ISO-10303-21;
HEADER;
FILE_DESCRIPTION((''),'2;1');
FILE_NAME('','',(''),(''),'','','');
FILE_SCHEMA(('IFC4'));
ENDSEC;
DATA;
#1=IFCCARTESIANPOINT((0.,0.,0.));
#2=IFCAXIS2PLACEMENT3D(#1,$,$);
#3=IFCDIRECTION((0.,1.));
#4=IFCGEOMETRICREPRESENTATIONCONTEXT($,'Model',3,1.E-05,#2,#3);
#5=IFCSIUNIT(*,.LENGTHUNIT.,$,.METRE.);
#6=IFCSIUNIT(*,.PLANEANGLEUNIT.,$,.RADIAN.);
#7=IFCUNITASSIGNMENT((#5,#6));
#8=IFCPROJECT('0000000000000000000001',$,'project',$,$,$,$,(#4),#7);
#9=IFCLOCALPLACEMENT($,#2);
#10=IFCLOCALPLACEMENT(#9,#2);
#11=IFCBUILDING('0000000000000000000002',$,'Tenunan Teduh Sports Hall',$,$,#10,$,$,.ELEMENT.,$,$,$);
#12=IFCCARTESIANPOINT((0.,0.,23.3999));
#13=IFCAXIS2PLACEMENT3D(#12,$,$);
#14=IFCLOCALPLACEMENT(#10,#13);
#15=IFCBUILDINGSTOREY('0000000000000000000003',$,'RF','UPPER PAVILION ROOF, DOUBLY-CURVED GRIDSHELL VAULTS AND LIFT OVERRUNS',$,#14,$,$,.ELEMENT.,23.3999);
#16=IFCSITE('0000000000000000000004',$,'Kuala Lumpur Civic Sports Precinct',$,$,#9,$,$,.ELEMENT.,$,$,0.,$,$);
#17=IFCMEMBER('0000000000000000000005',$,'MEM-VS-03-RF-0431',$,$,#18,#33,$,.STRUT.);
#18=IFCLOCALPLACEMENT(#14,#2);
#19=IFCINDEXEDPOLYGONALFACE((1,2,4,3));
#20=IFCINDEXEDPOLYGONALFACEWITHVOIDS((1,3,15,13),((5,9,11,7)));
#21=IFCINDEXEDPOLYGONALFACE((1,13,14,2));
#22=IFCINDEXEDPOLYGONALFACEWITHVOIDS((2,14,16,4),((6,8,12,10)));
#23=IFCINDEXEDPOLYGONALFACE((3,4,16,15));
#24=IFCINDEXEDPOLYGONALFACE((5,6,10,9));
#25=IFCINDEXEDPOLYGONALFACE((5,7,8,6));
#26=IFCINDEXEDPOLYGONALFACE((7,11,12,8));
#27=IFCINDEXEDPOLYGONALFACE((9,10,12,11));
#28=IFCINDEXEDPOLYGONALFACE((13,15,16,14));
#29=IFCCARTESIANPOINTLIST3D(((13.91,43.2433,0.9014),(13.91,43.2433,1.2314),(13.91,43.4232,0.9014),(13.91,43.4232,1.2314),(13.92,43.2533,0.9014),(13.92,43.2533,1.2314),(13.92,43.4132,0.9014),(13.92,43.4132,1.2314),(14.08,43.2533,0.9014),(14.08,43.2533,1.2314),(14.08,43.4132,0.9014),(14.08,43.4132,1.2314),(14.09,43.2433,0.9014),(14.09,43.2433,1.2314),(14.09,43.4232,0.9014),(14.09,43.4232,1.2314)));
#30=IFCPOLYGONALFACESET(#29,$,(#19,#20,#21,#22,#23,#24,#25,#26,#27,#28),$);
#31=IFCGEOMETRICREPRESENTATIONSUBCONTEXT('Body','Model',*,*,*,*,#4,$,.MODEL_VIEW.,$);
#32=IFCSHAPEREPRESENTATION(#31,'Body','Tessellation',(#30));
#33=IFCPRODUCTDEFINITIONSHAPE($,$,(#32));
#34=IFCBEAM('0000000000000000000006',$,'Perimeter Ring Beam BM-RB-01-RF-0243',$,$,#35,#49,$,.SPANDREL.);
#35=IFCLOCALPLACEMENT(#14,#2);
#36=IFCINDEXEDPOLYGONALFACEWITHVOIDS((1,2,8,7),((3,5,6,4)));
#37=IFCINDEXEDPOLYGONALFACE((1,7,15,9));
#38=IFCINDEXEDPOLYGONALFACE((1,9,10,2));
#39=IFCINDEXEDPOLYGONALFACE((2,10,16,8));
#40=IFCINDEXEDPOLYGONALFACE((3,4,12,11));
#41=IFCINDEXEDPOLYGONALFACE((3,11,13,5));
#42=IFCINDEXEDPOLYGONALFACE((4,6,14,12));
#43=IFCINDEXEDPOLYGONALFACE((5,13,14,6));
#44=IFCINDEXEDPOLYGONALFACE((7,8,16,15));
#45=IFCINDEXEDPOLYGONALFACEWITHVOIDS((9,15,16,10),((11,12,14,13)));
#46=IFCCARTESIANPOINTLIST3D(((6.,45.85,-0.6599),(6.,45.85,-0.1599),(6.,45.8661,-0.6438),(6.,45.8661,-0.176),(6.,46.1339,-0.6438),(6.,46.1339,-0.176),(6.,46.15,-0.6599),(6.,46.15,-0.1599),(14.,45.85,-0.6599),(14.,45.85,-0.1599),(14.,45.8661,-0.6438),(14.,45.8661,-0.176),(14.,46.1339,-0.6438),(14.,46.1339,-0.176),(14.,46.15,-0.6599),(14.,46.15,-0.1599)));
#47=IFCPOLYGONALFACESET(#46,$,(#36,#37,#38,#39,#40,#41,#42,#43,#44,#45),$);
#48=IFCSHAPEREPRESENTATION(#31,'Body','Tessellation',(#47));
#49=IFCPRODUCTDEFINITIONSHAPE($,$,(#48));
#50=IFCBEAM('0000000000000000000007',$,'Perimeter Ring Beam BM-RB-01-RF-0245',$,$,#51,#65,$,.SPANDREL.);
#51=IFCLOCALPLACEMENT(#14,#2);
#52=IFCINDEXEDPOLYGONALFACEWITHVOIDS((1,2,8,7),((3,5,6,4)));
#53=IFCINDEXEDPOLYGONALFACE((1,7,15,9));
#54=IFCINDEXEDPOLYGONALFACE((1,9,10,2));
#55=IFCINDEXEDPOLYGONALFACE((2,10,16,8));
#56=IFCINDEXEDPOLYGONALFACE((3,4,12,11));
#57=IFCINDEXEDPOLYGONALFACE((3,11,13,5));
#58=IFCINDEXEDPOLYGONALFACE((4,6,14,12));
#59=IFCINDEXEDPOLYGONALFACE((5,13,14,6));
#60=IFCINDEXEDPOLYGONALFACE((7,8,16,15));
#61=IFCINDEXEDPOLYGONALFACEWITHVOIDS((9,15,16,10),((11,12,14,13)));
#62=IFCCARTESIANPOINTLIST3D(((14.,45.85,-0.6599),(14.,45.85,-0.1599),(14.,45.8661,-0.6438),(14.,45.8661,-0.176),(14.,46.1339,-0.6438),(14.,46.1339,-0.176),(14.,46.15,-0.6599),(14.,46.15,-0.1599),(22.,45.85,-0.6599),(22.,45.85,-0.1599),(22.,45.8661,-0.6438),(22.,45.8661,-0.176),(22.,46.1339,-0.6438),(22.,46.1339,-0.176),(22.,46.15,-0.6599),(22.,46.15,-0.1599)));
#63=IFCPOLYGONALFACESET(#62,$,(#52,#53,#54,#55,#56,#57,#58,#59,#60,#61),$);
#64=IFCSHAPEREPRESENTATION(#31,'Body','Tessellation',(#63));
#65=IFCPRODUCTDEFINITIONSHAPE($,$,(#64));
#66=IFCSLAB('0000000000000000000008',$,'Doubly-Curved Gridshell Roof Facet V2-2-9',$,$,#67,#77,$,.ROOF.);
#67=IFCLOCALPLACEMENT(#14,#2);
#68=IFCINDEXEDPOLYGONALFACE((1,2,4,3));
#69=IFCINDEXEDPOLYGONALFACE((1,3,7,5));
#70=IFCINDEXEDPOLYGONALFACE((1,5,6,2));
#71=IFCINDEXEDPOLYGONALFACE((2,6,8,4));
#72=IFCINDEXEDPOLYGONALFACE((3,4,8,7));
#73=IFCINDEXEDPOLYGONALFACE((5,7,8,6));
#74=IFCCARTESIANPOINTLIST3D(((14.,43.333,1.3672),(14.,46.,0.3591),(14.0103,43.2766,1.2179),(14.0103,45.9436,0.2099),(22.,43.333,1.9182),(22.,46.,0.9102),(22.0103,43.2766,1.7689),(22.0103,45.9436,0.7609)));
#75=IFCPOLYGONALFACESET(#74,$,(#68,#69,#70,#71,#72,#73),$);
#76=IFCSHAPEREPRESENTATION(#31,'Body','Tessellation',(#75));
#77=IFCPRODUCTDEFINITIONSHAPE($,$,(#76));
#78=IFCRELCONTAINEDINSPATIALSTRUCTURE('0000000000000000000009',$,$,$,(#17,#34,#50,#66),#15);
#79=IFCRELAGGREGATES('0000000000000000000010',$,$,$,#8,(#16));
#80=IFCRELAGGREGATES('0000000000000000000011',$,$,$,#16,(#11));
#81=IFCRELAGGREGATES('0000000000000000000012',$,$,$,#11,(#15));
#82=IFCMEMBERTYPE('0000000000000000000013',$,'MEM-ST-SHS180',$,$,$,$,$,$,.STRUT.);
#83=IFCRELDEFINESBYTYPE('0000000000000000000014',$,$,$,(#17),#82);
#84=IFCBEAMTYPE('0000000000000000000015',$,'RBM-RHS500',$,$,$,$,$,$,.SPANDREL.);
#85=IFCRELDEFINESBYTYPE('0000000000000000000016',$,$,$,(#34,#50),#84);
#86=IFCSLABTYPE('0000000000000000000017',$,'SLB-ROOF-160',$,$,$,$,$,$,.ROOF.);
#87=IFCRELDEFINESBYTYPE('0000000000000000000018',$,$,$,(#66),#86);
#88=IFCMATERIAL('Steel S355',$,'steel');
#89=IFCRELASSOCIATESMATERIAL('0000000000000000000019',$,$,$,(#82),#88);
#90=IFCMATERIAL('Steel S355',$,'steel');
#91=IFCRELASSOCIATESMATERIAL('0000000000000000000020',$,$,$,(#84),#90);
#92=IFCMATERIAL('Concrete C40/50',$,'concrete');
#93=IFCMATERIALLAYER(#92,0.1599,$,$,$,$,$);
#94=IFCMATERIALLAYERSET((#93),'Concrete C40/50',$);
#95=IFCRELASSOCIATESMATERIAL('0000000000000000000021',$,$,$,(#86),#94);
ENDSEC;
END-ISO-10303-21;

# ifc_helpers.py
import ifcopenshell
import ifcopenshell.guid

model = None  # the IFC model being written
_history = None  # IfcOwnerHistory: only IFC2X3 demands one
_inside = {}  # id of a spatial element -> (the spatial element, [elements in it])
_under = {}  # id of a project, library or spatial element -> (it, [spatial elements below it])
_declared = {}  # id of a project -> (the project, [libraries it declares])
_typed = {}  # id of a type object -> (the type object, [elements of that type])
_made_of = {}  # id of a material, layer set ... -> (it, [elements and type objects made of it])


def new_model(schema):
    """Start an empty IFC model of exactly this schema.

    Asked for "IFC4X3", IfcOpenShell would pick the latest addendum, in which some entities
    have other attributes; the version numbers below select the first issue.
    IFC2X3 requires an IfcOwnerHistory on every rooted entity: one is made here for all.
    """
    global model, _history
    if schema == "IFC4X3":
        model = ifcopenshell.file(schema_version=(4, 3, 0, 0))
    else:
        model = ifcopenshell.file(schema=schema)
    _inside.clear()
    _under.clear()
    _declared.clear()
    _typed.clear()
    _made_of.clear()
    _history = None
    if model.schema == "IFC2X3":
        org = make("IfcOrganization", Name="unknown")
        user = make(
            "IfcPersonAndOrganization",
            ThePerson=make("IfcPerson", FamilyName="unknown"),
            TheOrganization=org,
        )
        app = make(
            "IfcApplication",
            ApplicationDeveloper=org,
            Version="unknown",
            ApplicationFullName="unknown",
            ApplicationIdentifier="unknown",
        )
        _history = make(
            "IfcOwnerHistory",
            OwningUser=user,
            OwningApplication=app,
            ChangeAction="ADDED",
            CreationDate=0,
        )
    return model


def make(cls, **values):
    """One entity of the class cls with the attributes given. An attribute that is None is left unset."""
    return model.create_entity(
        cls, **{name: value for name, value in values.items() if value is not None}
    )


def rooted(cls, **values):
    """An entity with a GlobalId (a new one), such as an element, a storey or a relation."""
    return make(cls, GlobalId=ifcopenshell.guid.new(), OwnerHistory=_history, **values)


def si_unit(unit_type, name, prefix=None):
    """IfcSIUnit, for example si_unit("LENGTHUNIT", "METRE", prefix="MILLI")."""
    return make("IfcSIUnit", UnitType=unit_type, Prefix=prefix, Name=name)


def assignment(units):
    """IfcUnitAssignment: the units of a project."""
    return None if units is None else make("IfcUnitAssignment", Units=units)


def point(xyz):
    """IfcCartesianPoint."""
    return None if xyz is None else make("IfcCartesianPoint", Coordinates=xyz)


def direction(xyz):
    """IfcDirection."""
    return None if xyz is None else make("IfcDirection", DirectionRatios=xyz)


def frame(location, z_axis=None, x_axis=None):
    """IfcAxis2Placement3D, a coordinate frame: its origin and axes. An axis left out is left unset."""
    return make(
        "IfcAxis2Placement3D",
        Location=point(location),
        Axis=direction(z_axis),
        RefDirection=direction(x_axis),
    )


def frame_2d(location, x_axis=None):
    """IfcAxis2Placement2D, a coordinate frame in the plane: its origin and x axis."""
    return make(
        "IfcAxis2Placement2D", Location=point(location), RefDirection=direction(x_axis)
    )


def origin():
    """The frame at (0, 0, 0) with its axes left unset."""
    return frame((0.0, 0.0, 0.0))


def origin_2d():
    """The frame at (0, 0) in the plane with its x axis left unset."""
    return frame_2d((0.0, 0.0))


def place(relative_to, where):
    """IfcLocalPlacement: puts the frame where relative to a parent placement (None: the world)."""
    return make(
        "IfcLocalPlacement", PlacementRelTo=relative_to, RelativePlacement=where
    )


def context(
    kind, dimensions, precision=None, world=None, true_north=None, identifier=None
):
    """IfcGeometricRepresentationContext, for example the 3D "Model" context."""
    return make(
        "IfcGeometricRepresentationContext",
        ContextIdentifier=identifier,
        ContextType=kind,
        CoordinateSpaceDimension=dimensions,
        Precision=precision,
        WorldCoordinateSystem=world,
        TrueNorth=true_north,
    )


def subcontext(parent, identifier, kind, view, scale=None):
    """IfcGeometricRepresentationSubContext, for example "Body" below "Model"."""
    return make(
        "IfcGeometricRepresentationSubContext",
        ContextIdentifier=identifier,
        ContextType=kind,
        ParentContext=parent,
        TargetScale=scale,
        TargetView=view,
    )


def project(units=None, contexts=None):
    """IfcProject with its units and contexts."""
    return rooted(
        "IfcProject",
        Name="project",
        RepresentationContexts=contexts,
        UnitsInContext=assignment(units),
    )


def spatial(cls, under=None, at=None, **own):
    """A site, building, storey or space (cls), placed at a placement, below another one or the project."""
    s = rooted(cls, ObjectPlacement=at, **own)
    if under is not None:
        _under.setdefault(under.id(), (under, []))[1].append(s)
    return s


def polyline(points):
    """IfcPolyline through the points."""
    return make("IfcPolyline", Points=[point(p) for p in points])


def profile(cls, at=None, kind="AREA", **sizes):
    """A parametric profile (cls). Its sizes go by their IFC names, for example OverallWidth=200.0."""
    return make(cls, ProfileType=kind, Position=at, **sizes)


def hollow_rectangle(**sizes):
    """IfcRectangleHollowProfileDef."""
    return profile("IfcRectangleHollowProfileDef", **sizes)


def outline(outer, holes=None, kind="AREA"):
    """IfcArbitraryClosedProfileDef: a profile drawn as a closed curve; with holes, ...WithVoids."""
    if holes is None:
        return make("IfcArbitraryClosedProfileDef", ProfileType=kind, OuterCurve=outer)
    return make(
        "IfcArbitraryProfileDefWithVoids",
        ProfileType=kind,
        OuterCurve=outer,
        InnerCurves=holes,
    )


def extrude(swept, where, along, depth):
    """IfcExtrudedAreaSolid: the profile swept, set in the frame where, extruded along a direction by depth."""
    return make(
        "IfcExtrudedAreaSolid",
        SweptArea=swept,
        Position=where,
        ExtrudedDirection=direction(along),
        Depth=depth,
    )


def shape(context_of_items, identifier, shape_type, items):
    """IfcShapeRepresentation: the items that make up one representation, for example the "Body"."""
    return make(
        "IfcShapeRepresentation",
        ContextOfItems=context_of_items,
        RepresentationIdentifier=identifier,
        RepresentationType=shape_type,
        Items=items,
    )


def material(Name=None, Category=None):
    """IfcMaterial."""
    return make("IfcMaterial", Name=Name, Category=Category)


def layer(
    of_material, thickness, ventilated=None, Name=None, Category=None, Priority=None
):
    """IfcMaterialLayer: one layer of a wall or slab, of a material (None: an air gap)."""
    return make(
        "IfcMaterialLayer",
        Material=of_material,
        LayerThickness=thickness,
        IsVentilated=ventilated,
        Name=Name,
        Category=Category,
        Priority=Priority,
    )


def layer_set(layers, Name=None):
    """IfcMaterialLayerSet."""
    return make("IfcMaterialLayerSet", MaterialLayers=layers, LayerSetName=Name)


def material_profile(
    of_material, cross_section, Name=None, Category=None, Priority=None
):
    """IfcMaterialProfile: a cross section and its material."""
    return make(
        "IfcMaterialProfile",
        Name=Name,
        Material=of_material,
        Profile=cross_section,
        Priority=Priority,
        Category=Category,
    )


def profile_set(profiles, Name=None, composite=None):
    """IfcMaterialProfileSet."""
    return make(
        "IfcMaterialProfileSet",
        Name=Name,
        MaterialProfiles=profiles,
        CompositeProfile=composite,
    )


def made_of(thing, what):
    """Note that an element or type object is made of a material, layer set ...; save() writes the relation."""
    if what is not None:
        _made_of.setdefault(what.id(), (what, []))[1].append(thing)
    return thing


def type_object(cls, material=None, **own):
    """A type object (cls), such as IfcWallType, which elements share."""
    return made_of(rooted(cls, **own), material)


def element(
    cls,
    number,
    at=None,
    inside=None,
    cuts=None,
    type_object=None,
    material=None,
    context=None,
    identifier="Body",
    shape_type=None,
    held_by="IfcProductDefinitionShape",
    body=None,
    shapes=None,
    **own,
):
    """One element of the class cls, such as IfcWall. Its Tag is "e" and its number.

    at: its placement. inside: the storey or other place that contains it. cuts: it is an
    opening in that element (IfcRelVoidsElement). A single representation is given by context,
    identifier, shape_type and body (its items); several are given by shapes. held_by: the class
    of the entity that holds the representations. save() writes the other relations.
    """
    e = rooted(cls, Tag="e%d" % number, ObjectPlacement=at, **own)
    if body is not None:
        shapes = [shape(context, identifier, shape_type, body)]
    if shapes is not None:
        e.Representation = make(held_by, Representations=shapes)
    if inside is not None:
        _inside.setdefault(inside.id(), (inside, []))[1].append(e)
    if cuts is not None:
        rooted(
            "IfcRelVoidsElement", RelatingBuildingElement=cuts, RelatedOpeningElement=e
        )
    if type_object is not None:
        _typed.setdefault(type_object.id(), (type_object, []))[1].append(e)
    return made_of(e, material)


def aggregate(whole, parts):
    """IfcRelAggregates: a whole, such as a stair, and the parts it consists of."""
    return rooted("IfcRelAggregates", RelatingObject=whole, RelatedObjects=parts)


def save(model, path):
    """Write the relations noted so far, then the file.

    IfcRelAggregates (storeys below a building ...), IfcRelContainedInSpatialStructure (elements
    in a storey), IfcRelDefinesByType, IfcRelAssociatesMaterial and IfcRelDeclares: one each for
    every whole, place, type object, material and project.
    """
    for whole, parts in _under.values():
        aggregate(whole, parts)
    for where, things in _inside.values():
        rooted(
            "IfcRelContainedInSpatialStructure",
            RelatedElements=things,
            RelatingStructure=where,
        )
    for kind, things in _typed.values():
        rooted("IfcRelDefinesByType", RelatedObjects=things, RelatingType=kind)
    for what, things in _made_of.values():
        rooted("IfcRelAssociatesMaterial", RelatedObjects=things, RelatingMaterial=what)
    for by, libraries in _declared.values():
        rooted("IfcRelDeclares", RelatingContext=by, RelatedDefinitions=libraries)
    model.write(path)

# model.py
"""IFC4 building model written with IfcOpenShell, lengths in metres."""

from ifc_helpers import new_model, si_unit, direction, frame, origin, origin_2d, place, context, subcontext, project, spatial, polyline, hollow_rectangle, outline, extrude, material, layer, layer_set, material_profile, profile_set, type_object, element, save


model = new_model("IFC4")

# Units and contexts
model_context = context("Model", 3, precision=1e-05, world=origin(), true_north=direction((0.0, 1.0)))
body_context = subcontext(model_context, "Body", "Model", "MODEL_VIEW")
ifc_project = project(units=[si_unit("LENGTHUNIT", "METRE"), si_unit("PLANEANGLEUNIT", "RADIAN")], contexts=[model_context])

# Site, building, storey
site_placement = place(None, origin())
site = spatial("IfcSite", under=ifc_project, at=site_placement, Name="Kuala Lumpur Civic Sports Precinct", CompositionType="ELEMENT", RefElevation=0.0)
building_placement = place(site_placement, origin())
building = spatial("IfcBuilding", under=site, at=building_placement, Name="Tenunan Teduh Sports Hall", CompositionType="ELEMENT")
storey_placement = place(building_placement, frame((0.0, 0.0, 23.3999)))
storey = spatial("IfcBuildingStorey", under=building, at=storey_placement, Name="RF", Description="UPPER PAVILION ROOF, DOUBLY-CURVED GRIDSHELL VAULTS AND LIFT OVERRUNS", CompositionType="ELEMENT", Elevation=23.3999)

# Member
ifc_material_1 = material(Name="Steel S355", Category="steel")
ifc_material_profile_1 = material_profile(ifc_material_1, hollow_rectangle(XDim=0.1799, YDim=0.1799, WallThickness=0.01, at=origin_2d()), Name="SHS 180x180x10.0")
ifc_profile_set_1 = profile_set([ifc_material_profile_1], Name="Steel S355")
member_type_1 = type_object("IfcMemberType", Name="MEM-ST-SHS180", PredefinedType="STRUT", material=ifc_profile_set_1)
for number, where, z_axis, x_axis, name in (
    (1, (14.0, 43.3333, 0.9014), (0.0, 0.0, 1.0), (1.0, 0.0, 0.0), "MEM-VS-03-RF-0431"),
):
    element("IfcMember", number, at=place(storey_placement, frame(where, z_axis=z_axis, x_axis=x_axis)), inside=storey, type_object=member_type_1, Name=name, PredefinedType="STRUT", context=body_context, shape_type="SweptSolid", body=[
        extrude(hollow_rectangle(XDim=0.1799, YDim=0.1799, WallThickness=0.01, at=origin_2d()), origin(), (0.0, 0.0, 1.0), 0.3301),
    ])

# Beams
ifc_material_2 = material(Name="Steel S355", Category="steel")
ifc_material_profile_2 = material_profile(ifc_material_2, hollow_rectangle(XDim=0.3, YDim=0.5, WallThickness=0.0161, at=origin_2d()), Name="RHS 500x300x16.0")
ifc_profile_set_2 = profile_set([ifc_material_profile_2], Name="Steel S355")
beam_type_1 = type_object("IfcBeamType", Name="RBM-RHS500", PredefinedType="SPANDREL", material=ifc_profile_set_2)
for number, where, z_axis, x_axis, name in (
    (2, (6.0, 46.0, -0.4099), (1.0, 0.0, 0.0), (0.0, 1.0, 0.0), "Perimeter Ring Beam BM-RB-01-RF-0243"),
    (3, (14.0, 46.0, -0.4099), (1.0, 0.0, 0.0), (0.0, 1.0, 0.0), "Perimeter Ring Beam BM-RB-01-RF-0245"),
):
    element("IfcBeam", number, at=place(storey_placement, frame(where, z_axis=z_axis, x_axis=x_axis)), inside=storey, type_object=beam_type_1, Name=name, PredefinedType="SPANDREL", context=body_context, shape_type="SweptSolid", body=[
        extrude(hollow_rectangle(XDim=0.3, YDim=0.5, WallThickness=0.0161, at=origin_2d()), origin(), (0.0, 0.0, 1.0), 8.0),
    ])

# Slab
ifc_material_3 = material(Name="Concrete C40/50", Category="concrete")
ifc_layer = layer(ifc_material_3, 0.1599)
ifc_layer_set = layer_set([ifc_layer], Name="Concrete C40/50")
slab_type = type_object("IfcSlabType", Name="SLB-ROOF-160", PredefinedType="ROOF", material=ifc_layer_set)
slab_placement = place(storey_placement, frame((14.0, 43.333, 1.3672), z_axis=(-0.064296, 0.352831, 0.933476), x_axis=(0.997636, 0.0, 0.068715)))
element("IfcSlab", 4, at=slab_placement, inside=storey, type_object=slab_type, Name="Doubly-Curved Gridshell Roof Facet V2-2-9", PredefinedType="ROOF", context=body_context, shape_type="SweptSolid", body=[
    extrude(outline(polyline([(0.0, 0.0), (8.019, 0.0), (7.9497, 2.8503), (-0.0693, 2.8503), (0.0, 0.0)])), origin(), (0.0, 0.0, -1.0), 0.1599),
])

save(model, "model.ifc")
